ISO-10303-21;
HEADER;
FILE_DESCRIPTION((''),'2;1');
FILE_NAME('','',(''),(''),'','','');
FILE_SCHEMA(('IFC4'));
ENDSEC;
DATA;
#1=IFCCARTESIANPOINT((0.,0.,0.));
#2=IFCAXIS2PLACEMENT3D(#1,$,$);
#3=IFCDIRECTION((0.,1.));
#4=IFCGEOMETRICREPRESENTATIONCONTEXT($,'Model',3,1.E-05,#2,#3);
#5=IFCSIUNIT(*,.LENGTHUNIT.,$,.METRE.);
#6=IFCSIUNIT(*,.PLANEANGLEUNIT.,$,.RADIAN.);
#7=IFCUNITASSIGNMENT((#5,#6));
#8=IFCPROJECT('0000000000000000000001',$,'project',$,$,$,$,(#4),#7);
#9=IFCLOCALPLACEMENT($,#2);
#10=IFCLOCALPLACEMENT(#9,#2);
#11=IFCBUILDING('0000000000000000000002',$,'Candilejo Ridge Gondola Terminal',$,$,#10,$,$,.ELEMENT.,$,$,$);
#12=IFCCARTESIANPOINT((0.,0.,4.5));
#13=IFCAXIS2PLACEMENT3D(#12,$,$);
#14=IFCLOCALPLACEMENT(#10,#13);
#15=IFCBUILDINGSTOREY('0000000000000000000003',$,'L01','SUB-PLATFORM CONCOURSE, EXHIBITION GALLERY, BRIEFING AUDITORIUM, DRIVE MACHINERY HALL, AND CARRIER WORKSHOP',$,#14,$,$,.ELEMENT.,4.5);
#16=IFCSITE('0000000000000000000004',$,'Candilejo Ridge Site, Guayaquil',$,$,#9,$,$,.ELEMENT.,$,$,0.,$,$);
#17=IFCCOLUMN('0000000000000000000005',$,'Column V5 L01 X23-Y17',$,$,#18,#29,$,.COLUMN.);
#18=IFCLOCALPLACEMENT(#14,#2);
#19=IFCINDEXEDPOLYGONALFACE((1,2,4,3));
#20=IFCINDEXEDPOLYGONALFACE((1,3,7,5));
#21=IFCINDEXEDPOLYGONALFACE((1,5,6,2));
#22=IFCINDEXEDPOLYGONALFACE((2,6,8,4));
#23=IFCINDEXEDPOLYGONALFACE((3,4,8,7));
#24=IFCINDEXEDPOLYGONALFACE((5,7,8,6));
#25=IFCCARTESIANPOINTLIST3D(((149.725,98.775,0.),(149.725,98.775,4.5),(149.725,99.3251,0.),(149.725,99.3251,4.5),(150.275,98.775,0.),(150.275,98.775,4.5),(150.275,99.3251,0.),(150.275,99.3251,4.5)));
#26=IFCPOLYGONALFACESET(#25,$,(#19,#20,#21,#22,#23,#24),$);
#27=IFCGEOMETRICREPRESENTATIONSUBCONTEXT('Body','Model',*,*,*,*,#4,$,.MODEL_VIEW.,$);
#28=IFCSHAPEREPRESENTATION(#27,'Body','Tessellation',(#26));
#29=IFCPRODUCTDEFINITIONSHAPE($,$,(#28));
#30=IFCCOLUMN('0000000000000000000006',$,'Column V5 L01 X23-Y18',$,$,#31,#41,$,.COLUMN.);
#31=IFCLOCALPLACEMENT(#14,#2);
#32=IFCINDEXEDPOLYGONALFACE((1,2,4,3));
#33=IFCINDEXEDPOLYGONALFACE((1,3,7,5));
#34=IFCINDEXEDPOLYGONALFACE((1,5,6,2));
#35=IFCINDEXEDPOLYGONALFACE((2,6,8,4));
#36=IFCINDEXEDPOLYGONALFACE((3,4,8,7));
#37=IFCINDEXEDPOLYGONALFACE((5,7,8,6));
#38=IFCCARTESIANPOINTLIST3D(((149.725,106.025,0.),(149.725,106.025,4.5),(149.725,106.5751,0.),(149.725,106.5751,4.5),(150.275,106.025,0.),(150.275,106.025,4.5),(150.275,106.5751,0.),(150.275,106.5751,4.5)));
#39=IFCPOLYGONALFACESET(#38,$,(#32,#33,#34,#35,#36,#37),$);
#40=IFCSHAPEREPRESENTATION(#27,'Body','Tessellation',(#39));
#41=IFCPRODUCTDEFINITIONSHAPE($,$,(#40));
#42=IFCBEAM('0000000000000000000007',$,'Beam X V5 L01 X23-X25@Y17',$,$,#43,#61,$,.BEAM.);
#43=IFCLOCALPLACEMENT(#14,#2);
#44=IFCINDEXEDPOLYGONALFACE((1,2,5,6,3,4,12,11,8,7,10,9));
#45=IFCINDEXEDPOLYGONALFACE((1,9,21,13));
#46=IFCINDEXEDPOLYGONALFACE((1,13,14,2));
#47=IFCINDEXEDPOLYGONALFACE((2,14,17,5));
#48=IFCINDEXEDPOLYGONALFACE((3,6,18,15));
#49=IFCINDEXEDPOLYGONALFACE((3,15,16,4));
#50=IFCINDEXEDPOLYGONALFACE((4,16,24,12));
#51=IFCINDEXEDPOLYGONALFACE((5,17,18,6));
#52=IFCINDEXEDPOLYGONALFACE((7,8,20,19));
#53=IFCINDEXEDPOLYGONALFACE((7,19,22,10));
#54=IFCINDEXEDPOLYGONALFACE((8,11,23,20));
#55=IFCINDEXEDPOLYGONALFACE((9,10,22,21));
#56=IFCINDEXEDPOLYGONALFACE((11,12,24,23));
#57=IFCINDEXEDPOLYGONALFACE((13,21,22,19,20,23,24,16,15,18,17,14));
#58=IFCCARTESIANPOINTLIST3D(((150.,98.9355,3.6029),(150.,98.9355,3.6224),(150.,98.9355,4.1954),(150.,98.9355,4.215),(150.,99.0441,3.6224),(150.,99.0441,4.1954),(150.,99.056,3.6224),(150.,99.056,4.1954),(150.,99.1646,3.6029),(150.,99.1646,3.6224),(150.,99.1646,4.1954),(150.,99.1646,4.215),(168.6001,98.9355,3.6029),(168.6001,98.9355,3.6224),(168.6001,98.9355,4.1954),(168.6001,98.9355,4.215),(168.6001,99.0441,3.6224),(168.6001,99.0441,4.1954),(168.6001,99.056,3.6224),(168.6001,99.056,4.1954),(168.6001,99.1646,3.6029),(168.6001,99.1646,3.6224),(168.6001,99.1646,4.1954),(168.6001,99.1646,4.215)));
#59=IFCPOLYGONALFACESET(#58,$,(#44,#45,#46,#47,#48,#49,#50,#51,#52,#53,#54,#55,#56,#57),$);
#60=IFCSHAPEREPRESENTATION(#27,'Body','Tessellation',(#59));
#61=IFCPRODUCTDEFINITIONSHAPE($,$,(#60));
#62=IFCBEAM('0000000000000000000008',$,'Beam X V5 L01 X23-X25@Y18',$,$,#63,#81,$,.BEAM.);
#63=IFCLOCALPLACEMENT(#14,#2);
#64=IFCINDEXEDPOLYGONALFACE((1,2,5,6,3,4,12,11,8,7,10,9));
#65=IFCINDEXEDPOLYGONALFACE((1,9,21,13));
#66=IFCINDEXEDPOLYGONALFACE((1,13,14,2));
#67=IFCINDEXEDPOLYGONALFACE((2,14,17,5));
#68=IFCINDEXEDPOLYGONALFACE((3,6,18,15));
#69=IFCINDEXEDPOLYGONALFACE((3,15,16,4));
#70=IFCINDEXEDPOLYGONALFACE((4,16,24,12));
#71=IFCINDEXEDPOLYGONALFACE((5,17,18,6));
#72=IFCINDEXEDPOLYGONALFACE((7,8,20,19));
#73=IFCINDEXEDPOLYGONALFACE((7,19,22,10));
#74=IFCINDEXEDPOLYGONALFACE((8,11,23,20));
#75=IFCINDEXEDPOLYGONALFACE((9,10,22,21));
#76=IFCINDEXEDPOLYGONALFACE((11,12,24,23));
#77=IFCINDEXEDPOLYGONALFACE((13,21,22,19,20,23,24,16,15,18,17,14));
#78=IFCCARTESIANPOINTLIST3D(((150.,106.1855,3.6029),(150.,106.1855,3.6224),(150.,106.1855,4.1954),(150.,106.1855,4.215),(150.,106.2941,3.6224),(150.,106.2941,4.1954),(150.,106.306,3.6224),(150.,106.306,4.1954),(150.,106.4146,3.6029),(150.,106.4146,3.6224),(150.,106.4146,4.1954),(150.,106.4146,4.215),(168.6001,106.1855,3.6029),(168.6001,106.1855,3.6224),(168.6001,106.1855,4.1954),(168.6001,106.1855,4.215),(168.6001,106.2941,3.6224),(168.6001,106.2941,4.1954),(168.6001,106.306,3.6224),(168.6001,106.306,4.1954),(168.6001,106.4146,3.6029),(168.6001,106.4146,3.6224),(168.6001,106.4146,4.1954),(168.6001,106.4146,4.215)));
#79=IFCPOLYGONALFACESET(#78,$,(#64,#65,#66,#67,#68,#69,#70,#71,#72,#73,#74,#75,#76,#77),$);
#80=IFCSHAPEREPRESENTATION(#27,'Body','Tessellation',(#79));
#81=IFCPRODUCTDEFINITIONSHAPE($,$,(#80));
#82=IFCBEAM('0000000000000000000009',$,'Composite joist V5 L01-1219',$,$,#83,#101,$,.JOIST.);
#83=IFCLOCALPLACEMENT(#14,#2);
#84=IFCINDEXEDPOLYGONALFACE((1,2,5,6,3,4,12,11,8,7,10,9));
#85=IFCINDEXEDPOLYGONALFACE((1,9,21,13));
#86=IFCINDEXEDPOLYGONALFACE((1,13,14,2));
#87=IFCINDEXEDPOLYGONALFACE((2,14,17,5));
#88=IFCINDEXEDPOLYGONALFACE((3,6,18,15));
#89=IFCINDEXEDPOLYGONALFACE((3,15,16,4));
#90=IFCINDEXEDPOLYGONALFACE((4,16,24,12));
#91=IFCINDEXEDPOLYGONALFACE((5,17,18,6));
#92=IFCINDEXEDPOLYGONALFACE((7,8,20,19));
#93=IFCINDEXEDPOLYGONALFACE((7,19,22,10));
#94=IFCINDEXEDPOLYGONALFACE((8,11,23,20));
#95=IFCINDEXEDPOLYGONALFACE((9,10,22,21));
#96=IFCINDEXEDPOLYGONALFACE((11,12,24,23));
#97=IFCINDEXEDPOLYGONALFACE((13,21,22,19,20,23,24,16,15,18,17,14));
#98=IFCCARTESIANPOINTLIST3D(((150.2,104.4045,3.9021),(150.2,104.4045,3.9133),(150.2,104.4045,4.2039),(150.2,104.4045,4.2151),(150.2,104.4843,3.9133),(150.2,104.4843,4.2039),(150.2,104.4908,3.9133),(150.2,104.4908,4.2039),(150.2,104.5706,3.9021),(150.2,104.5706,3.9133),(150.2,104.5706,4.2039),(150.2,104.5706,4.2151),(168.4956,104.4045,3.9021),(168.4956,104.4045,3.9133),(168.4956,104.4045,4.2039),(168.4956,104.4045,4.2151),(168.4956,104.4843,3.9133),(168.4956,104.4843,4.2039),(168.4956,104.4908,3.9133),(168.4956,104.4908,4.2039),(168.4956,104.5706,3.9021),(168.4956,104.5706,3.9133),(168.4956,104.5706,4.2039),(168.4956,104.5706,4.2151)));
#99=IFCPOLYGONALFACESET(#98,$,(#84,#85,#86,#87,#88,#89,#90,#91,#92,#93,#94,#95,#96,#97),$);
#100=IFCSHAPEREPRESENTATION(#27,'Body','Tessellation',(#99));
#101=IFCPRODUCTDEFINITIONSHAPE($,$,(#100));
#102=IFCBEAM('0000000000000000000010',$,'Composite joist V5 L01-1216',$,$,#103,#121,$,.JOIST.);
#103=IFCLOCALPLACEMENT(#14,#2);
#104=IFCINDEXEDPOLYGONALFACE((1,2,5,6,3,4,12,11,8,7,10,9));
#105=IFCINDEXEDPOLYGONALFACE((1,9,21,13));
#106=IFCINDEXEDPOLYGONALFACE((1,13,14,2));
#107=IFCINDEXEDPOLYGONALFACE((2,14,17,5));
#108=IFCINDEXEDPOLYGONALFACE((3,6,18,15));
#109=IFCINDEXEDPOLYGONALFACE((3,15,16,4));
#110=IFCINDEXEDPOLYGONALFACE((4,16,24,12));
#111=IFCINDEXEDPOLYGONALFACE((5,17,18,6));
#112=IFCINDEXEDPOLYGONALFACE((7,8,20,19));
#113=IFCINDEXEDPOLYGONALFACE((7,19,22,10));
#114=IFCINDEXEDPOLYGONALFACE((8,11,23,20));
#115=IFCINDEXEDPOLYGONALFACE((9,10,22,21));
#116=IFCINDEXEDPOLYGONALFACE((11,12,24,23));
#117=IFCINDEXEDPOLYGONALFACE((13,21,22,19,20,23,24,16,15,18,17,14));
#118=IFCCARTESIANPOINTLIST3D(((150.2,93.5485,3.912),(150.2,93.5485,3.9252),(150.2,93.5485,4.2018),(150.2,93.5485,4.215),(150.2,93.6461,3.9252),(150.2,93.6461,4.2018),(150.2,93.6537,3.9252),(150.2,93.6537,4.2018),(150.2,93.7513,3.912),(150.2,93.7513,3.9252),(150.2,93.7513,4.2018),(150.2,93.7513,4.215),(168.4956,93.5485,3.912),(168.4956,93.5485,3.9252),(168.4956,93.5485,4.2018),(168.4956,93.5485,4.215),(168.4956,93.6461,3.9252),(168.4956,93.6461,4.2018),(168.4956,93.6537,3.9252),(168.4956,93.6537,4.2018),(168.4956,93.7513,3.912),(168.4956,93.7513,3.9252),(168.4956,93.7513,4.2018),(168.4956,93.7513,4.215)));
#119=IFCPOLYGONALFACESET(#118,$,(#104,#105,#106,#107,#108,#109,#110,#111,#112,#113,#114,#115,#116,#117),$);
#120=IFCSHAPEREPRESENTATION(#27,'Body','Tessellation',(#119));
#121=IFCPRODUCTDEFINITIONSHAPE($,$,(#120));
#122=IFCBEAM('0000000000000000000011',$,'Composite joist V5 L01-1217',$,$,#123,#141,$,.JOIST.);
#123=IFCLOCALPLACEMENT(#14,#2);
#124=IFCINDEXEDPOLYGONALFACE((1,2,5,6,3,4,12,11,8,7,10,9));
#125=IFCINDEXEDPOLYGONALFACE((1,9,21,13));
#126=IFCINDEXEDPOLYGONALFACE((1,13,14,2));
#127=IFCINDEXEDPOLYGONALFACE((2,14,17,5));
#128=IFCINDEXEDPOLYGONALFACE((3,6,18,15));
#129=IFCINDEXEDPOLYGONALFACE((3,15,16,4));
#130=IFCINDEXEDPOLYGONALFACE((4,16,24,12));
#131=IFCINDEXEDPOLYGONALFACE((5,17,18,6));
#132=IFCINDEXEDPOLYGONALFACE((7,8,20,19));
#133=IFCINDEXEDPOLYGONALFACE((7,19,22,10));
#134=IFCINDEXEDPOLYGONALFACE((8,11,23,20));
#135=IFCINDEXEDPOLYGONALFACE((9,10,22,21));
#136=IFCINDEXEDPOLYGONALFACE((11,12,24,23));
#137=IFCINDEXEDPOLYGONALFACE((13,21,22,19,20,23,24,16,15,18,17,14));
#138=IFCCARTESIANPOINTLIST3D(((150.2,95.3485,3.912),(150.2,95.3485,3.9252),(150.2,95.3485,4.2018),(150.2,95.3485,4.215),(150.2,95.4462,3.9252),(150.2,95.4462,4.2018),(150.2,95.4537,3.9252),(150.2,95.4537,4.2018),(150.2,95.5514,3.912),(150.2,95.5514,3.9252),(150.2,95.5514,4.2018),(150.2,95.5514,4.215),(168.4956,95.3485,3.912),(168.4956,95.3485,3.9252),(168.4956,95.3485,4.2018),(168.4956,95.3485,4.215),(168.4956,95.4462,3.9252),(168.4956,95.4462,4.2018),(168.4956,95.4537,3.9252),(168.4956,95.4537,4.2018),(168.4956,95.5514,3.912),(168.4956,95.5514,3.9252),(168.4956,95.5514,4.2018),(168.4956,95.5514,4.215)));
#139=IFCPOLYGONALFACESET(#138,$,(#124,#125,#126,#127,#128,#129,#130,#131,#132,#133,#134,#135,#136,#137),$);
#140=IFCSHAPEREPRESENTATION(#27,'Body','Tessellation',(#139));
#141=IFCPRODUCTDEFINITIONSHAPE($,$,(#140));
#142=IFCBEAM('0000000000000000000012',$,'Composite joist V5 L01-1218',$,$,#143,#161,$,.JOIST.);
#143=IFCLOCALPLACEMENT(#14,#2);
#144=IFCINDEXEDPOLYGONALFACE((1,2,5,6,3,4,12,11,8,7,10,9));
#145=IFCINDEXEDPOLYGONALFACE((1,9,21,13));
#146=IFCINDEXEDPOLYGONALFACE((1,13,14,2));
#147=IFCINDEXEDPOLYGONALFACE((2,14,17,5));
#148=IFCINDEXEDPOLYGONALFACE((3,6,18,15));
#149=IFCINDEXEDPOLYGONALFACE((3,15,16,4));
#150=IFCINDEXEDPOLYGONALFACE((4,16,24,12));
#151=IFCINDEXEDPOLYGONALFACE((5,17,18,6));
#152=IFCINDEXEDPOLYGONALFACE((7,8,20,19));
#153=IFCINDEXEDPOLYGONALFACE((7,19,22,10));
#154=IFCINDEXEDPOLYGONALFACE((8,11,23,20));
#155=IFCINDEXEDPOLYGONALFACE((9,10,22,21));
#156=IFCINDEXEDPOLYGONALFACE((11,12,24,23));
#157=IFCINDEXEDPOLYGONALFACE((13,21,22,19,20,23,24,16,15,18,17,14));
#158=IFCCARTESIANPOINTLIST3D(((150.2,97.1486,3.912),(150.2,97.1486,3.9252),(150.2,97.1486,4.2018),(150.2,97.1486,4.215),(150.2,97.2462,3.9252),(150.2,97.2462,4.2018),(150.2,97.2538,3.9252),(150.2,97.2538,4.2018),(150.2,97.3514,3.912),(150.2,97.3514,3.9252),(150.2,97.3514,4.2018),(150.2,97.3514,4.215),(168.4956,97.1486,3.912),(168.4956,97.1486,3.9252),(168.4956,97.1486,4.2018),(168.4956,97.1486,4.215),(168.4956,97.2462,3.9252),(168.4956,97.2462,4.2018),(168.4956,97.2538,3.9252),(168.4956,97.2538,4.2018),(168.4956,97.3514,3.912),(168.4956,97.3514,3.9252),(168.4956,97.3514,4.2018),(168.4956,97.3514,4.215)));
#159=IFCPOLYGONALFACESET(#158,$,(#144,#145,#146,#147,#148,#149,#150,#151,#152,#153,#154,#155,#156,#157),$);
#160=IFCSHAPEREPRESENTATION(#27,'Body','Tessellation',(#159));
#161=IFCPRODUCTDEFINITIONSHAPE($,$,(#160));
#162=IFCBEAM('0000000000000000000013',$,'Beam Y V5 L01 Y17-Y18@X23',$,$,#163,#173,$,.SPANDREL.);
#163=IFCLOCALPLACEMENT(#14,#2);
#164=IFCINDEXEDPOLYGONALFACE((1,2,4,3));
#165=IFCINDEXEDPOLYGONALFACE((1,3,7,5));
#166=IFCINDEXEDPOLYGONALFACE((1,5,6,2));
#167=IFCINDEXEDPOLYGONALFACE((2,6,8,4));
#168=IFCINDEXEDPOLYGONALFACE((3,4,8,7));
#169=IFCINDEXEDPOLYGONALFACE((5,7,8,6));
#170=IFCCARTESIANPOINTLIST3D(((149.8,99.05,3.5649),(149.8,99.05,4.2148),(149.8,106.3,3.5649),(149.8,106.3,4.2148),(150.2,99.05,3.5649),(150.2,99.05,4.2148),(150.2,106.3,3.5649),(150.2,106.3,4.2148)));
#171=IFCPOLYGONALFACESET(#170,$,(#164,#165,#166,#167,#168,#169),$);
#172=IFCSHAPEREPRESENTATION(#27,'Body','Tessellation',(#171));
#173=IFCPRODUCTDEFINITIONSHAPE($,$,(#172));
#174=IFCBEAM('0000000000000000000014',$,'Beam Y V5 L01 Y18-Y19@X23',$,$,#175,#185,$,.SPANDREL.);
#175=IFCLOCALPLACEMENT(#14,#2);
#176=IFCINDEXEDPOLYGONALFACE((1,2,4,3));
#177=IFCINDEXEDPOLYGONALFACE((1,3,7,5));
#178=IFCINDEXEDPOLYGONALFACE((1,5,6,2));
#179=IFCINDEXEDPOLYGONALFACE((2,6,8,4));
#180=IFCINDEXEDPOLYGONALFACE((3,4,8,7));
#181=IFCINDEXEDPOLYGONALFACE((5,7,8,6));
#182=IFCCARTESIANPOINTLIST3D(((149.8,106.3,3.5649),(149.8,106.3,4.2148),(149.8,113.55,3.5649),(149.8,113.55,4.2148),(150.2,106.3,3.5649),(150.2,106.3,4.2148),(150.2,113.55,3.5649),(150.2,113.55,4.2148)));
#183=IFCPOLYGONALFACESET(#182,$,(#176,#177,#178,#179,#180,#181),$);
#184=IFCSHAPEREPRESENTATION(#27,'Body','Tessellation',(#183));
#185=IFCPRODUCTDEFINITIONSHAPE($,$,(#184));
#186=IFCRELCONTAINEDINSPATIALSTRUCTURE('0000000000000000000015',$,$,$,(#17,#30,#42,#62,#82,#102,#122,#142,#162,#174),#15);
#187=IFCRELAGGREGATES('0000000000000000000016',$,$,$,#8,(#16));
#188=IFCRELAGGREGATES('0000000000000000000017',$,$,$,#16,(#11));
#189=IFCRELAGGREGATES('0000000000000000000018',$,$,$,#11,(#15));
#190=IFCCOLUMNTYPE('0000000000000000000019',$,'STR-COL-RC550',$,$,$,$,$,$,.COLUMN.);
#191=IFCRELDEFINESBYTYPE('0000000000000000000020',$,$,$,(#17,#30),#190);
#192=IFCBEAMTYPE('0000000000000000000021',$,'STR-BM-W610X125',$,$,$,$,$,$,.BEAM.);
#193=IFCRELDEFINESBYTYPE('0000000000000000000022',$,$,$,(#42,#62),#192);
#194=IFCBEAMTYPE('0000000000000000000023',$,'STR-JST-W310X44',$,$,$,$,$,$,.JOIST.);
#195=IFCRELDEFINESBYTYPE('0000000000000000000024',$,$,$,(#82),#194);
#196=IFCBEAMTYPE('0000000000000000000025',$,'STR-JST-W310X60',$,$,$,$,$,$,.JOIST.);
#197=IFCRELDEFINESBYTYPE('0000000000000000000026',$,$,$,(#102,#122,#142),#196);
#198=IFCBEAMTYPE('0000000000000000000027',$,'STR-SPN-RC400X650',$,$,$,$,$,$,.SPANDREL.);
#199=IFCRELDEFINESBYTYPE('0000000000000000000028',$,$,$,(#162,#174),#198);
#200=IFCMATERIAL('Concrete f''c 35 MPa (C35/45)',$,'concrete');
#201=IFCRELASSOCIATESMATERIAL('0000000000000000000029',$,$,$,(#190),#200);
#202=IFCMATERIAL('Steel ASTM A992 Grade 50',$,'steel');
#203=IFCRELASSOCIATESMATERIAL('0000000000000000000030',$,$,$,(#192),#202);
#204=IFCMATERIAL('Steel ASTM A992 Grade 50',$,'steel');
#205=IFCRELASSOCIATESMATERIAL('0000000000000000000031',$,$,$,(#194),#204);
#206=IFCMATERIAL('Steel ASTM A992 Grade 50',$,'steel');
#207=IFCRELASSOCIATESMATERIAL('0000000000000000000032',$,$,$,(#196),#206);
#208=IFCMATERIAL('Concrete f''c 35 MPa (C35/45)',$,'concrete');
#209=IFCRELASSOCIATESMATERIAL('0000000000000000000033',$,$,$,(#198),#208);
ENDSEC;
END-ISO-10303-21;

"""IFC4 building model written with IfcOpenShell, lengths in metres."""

from ifc_helpers import new_model, si_unit, direction, frame, origin, origin_2d, place, context, subcontext, project, spatial, rectangle, i_section, extrude, material, material_profile, profile_set, type_object, element, save


model = new_model("IFC4")

# Units and contexts
model_context = context("Model", 3, precision=1e-05, world=origin(), true_north=direction((0.0, 1.0)))
body_context = subcontext(model_context, "Body", "Model", "MODEL_VIEW")
ifc_project = project(units=[si_unit("LENGTHUNIT", "METRE"), si_unit("PLANEANGLEUNIT", "RADIAN")], contexts=[model_context])

# Site, building, storey
site_placement = place(None, origin())
site = spatial("IfcSite", under=ifc_project, at=site_placement, Name="Candilejo Ridge Site, Guayaquil", CompositionType="ELEMENT", RefElevation=0.0)
building_placement = place(site_placement, origin())
building = spatial("IfcBuilding", under=site, at=building_placement, Name="Candilejo Ridge Gondola Terminal", CompositionType="ELEMENT")
storey_placement = place(building_placement, frame((0.0, 0.0, 4.5)))
storey = spatial("IfcBuildingStorey", under=building, at=storey_placement, Name="L01", Description="SUB-PLATFORM CONCOURSE, EXHIBITION GALLERY, BRIEFING AUDITORIUM, DRIVE MACHINERY HALL, AND CARRIER WORKSHOP", CompositionType="ELEMENT", Elevation=4.5)

# Columns
ifc_material_1 = material(Name="Concrete f'c 35 MPa (C35/45)", Category="concrete")
ifc_material_profile_1 = material_profile(ifc_material_1, rectangle(XDim=0.55, YDim=0.55, at=origin_2d()))
ifc_profile_set_1 = profile_set([ifc_material_profile_1], Name="Concrete f'c 35 MPa (C35/45)")
column_type = type_object("IfcColumnType", Name="STR-COL-RC550", PredefinedType="COLUMN", material=ifc_profile_set_1)
for number, where, z_axis, x_axis, name in (
    (1, (150.0, 99.05, 0.0), (0.0, 0.0, 1.0), (1.0, 0.0, 0.0), "Column V5 L01 X23-Y17"),
    (2, (150.0, 106.3, 0.0), (0.0, 0.0, 1.0), (1.0, 0.0, 0.0), "Column V5 L01 X23-Y18"),
):
    element("IfcColumn", number, at=place(storey_placement, frame(where, z_axis=z_axis, x_axis=x_axis)), inside=storey, type_object=column_type, Name=name, PredefinedType="COLUMN", context=body_context, shape_type="SweptSolid", body=[
        extrude(rectangle(XDim=0.55, YDim=0.55, at=origin_2d()), origin(), (0.0, 0.0, 1.0), 4.5),
    ])

# Beams
ifc_material_2 = material(Name="Steel ASTM A992 Grade 50", Category="steel")
ifc_material_profile_2 = material_profile(ifc_material_2, i_section(OverallWidth=0.229, OverallDepth=0.6121, WebThickness=0.012, FlangeThickness=0.0195, at=origin_2d()))
ifc_profile_set_2 = profile_set([ifc_material_profile_2], Name="Steel ASTM A992 Grade 50")
beam_type_1 = type_object("IfcBeamType", Name="STR-BM-W610X125", PredefinedType="BEAM", material=ifc_profile_set_2)
for number, where, z_axis, x_axis, name in (
    (3, (150.0, 99.05, 3.9089), (1.0, 0.0, 0.0), (0.0, 1.0, 0.0), "Beam X V5 L01 X23-X25@Y17"),
    (4, (150.0, 106.3, 3.9089), (1.0, 0.0, 0.0), (0.0, 1.0, 0.0), "Beam X V5 L01 X23-X25@Y18"),
):
    element("IfcBeam", number, at=place(storey_placement, frame(where, z_axis=z_axis, x_axis=x_axis)), inside=storey, type_object=beam_type_1, Name=name, PredefinedType="BEAM", context=body_context, shape_type="SweptSolid", body=[
        extrude(i_section(OverallWidth=0.229, OverallDepth=0.6121, WebThickness=0.012, FlangeThickness=0.0195, at=origin_2d()), origin(), (0.0, 0.0, 1.0), 18.6001),
    ])
ifc_material_3 = material(Name="Steel ASTM A992 Grade 50", Category="steel")
ifc_material_profile_3 = material_profile(ifc_material_3, i_section(OverallWidth=0.166, OverallDepth=0.313, WebThickness=0.0066, FlangeThickness=0.0112, at=origin_2d()))
ifc_profile_set_3 = profile_set([ifc_material_profile_3], Name="Steel ASTM A992 Grade 50")
beam_type_2 = type_object("IfcBeamType", Name="STR-JST-W310X44", PredefinedType="JOIST", material=ifc_profile_set_3)
beam_placement = place(storey_placement, frame((150.2, 104.4875, 4.0586), z_axis=(1.0, 0.0, 0.0), x_axis=(0.0, 1.0, 0.0)))
element("IfcBeam", 5, at=beam_placement, inside=storey, type_object=beam_type_2, Name="Composite joist V5 L01-1219", PredefinedType="JOIST", context=body_context, shape_type="SweptSolid", body=[
    extrude(i_section(OverallWidth=0.166, OverallDepth=0.313, WebThickness=0.0066, FlangeThickness=0.0112, at=origin_2d()), origin(), (0.0, 0.0, 1.0), 18.2957),
])
ifc_material_4 = material(Name="Steel ASTM A992 Grade 50", Category="steel")
ifc_material_profile_4 = material_profile(ifc_material_4, i_section(OverallWidth=0.2029, OverallDepth=0.303, WebThickness=0.0076, FlangeThickness=0.0132, at=origin_2d()))
ifc_profile_set_4 = profile_set([ifc_material_profile_4], Name="Steel ASTM A992 Grade 50")
beam_type_3 = type_object("IfcBeamType", Name="STR-JST-W310X60", PredefinedType="JOIST", material=ifc_profile_set_4)
for number, where, z_axis, x_axis, name in (
    (6, (150.2, 93.6499, 4.0635), (1.0, 0.0, 0.0), (0.0, 1.0, 0.0), "Composite joist V5 L01-1216"),
    (7, (150.2, 95.45, 4.0635), (1.0, 0.0, 0.0), (0.0, 1.0, 0.0), "Composite joist V5 L01-1217"),
    (8, (150.2, 97.25, 4.0635), (1.0, 0.0, 0.0), (0.0, 1.0, 0.0), "Composite joist V5 L01-1218"),
):
    element("IfcBeam", number, at=place(storey_placement, frame(where, z_axis=z_axis, x_axis=x_axis)), inside=storey, type_object=beam_type_3, Name=name, PredefinedType="JOIST", context=body_context, shape_type="SweptSolid", body=[
        extrude(i_section(OverallWidth=0.2029, OverallDepth=0.303, WebThickness=0.0076, FlangeThickness=0.0132, at=origin_2d()), origin(), (0.0, 0.0, 1.0), 18.2957),
    ])
ifc_material_5 = material(Name="Concrete f'c 35 MPa (C35/45)", Category="concrete")
ifc_material_profile_5 = material_profile(ifc_material_5, rectangle(XDim=0.3999, YDim=0.6499, at=origin_2d()))
ifc_profile_set_5 = profile_set([ifc_material_profile_5], Name="Concrete f'c 35 MPa (C35/45)")
beam_type_4 = type_object("IfcBeamType", Name="STR-SPN-RC400X650", PredefinedType="SPANDREL", material=ifc_profile_set_5)
for number, where, z_axis, x_axis, name in (
    (9, (150.0, 99.05, 3.8899), (0.0, 1.0, 0.0), (-1.0, 0.0, 0.0), "Beam Y V5 L01 Y17-Y18@X23"),
    (10, (150.0, 106.3, 3.8899), (0.0, 1.0, 0.0), (-1.0, 0.0, 0.0), "Beam Y V5 L01 Y18-Y19@X23"),
):
    element("IfcBeam", number, at=place(storey_placement, frame(where, z_axis=z_axis, x_axis=x_axis)), inside=storey, type_object=beam_type_4, Name=name, PredefinedType="SPANDREL", context=body_context, shape_type="SweptSolid", body=[
        extrude(rectangle(XDim=0.3999, YDim=0.6499, at=origin_2d()), origin(), (0.0, 0.0, 1.0), 7.25),
    ])

save(model, "model.ifc")
